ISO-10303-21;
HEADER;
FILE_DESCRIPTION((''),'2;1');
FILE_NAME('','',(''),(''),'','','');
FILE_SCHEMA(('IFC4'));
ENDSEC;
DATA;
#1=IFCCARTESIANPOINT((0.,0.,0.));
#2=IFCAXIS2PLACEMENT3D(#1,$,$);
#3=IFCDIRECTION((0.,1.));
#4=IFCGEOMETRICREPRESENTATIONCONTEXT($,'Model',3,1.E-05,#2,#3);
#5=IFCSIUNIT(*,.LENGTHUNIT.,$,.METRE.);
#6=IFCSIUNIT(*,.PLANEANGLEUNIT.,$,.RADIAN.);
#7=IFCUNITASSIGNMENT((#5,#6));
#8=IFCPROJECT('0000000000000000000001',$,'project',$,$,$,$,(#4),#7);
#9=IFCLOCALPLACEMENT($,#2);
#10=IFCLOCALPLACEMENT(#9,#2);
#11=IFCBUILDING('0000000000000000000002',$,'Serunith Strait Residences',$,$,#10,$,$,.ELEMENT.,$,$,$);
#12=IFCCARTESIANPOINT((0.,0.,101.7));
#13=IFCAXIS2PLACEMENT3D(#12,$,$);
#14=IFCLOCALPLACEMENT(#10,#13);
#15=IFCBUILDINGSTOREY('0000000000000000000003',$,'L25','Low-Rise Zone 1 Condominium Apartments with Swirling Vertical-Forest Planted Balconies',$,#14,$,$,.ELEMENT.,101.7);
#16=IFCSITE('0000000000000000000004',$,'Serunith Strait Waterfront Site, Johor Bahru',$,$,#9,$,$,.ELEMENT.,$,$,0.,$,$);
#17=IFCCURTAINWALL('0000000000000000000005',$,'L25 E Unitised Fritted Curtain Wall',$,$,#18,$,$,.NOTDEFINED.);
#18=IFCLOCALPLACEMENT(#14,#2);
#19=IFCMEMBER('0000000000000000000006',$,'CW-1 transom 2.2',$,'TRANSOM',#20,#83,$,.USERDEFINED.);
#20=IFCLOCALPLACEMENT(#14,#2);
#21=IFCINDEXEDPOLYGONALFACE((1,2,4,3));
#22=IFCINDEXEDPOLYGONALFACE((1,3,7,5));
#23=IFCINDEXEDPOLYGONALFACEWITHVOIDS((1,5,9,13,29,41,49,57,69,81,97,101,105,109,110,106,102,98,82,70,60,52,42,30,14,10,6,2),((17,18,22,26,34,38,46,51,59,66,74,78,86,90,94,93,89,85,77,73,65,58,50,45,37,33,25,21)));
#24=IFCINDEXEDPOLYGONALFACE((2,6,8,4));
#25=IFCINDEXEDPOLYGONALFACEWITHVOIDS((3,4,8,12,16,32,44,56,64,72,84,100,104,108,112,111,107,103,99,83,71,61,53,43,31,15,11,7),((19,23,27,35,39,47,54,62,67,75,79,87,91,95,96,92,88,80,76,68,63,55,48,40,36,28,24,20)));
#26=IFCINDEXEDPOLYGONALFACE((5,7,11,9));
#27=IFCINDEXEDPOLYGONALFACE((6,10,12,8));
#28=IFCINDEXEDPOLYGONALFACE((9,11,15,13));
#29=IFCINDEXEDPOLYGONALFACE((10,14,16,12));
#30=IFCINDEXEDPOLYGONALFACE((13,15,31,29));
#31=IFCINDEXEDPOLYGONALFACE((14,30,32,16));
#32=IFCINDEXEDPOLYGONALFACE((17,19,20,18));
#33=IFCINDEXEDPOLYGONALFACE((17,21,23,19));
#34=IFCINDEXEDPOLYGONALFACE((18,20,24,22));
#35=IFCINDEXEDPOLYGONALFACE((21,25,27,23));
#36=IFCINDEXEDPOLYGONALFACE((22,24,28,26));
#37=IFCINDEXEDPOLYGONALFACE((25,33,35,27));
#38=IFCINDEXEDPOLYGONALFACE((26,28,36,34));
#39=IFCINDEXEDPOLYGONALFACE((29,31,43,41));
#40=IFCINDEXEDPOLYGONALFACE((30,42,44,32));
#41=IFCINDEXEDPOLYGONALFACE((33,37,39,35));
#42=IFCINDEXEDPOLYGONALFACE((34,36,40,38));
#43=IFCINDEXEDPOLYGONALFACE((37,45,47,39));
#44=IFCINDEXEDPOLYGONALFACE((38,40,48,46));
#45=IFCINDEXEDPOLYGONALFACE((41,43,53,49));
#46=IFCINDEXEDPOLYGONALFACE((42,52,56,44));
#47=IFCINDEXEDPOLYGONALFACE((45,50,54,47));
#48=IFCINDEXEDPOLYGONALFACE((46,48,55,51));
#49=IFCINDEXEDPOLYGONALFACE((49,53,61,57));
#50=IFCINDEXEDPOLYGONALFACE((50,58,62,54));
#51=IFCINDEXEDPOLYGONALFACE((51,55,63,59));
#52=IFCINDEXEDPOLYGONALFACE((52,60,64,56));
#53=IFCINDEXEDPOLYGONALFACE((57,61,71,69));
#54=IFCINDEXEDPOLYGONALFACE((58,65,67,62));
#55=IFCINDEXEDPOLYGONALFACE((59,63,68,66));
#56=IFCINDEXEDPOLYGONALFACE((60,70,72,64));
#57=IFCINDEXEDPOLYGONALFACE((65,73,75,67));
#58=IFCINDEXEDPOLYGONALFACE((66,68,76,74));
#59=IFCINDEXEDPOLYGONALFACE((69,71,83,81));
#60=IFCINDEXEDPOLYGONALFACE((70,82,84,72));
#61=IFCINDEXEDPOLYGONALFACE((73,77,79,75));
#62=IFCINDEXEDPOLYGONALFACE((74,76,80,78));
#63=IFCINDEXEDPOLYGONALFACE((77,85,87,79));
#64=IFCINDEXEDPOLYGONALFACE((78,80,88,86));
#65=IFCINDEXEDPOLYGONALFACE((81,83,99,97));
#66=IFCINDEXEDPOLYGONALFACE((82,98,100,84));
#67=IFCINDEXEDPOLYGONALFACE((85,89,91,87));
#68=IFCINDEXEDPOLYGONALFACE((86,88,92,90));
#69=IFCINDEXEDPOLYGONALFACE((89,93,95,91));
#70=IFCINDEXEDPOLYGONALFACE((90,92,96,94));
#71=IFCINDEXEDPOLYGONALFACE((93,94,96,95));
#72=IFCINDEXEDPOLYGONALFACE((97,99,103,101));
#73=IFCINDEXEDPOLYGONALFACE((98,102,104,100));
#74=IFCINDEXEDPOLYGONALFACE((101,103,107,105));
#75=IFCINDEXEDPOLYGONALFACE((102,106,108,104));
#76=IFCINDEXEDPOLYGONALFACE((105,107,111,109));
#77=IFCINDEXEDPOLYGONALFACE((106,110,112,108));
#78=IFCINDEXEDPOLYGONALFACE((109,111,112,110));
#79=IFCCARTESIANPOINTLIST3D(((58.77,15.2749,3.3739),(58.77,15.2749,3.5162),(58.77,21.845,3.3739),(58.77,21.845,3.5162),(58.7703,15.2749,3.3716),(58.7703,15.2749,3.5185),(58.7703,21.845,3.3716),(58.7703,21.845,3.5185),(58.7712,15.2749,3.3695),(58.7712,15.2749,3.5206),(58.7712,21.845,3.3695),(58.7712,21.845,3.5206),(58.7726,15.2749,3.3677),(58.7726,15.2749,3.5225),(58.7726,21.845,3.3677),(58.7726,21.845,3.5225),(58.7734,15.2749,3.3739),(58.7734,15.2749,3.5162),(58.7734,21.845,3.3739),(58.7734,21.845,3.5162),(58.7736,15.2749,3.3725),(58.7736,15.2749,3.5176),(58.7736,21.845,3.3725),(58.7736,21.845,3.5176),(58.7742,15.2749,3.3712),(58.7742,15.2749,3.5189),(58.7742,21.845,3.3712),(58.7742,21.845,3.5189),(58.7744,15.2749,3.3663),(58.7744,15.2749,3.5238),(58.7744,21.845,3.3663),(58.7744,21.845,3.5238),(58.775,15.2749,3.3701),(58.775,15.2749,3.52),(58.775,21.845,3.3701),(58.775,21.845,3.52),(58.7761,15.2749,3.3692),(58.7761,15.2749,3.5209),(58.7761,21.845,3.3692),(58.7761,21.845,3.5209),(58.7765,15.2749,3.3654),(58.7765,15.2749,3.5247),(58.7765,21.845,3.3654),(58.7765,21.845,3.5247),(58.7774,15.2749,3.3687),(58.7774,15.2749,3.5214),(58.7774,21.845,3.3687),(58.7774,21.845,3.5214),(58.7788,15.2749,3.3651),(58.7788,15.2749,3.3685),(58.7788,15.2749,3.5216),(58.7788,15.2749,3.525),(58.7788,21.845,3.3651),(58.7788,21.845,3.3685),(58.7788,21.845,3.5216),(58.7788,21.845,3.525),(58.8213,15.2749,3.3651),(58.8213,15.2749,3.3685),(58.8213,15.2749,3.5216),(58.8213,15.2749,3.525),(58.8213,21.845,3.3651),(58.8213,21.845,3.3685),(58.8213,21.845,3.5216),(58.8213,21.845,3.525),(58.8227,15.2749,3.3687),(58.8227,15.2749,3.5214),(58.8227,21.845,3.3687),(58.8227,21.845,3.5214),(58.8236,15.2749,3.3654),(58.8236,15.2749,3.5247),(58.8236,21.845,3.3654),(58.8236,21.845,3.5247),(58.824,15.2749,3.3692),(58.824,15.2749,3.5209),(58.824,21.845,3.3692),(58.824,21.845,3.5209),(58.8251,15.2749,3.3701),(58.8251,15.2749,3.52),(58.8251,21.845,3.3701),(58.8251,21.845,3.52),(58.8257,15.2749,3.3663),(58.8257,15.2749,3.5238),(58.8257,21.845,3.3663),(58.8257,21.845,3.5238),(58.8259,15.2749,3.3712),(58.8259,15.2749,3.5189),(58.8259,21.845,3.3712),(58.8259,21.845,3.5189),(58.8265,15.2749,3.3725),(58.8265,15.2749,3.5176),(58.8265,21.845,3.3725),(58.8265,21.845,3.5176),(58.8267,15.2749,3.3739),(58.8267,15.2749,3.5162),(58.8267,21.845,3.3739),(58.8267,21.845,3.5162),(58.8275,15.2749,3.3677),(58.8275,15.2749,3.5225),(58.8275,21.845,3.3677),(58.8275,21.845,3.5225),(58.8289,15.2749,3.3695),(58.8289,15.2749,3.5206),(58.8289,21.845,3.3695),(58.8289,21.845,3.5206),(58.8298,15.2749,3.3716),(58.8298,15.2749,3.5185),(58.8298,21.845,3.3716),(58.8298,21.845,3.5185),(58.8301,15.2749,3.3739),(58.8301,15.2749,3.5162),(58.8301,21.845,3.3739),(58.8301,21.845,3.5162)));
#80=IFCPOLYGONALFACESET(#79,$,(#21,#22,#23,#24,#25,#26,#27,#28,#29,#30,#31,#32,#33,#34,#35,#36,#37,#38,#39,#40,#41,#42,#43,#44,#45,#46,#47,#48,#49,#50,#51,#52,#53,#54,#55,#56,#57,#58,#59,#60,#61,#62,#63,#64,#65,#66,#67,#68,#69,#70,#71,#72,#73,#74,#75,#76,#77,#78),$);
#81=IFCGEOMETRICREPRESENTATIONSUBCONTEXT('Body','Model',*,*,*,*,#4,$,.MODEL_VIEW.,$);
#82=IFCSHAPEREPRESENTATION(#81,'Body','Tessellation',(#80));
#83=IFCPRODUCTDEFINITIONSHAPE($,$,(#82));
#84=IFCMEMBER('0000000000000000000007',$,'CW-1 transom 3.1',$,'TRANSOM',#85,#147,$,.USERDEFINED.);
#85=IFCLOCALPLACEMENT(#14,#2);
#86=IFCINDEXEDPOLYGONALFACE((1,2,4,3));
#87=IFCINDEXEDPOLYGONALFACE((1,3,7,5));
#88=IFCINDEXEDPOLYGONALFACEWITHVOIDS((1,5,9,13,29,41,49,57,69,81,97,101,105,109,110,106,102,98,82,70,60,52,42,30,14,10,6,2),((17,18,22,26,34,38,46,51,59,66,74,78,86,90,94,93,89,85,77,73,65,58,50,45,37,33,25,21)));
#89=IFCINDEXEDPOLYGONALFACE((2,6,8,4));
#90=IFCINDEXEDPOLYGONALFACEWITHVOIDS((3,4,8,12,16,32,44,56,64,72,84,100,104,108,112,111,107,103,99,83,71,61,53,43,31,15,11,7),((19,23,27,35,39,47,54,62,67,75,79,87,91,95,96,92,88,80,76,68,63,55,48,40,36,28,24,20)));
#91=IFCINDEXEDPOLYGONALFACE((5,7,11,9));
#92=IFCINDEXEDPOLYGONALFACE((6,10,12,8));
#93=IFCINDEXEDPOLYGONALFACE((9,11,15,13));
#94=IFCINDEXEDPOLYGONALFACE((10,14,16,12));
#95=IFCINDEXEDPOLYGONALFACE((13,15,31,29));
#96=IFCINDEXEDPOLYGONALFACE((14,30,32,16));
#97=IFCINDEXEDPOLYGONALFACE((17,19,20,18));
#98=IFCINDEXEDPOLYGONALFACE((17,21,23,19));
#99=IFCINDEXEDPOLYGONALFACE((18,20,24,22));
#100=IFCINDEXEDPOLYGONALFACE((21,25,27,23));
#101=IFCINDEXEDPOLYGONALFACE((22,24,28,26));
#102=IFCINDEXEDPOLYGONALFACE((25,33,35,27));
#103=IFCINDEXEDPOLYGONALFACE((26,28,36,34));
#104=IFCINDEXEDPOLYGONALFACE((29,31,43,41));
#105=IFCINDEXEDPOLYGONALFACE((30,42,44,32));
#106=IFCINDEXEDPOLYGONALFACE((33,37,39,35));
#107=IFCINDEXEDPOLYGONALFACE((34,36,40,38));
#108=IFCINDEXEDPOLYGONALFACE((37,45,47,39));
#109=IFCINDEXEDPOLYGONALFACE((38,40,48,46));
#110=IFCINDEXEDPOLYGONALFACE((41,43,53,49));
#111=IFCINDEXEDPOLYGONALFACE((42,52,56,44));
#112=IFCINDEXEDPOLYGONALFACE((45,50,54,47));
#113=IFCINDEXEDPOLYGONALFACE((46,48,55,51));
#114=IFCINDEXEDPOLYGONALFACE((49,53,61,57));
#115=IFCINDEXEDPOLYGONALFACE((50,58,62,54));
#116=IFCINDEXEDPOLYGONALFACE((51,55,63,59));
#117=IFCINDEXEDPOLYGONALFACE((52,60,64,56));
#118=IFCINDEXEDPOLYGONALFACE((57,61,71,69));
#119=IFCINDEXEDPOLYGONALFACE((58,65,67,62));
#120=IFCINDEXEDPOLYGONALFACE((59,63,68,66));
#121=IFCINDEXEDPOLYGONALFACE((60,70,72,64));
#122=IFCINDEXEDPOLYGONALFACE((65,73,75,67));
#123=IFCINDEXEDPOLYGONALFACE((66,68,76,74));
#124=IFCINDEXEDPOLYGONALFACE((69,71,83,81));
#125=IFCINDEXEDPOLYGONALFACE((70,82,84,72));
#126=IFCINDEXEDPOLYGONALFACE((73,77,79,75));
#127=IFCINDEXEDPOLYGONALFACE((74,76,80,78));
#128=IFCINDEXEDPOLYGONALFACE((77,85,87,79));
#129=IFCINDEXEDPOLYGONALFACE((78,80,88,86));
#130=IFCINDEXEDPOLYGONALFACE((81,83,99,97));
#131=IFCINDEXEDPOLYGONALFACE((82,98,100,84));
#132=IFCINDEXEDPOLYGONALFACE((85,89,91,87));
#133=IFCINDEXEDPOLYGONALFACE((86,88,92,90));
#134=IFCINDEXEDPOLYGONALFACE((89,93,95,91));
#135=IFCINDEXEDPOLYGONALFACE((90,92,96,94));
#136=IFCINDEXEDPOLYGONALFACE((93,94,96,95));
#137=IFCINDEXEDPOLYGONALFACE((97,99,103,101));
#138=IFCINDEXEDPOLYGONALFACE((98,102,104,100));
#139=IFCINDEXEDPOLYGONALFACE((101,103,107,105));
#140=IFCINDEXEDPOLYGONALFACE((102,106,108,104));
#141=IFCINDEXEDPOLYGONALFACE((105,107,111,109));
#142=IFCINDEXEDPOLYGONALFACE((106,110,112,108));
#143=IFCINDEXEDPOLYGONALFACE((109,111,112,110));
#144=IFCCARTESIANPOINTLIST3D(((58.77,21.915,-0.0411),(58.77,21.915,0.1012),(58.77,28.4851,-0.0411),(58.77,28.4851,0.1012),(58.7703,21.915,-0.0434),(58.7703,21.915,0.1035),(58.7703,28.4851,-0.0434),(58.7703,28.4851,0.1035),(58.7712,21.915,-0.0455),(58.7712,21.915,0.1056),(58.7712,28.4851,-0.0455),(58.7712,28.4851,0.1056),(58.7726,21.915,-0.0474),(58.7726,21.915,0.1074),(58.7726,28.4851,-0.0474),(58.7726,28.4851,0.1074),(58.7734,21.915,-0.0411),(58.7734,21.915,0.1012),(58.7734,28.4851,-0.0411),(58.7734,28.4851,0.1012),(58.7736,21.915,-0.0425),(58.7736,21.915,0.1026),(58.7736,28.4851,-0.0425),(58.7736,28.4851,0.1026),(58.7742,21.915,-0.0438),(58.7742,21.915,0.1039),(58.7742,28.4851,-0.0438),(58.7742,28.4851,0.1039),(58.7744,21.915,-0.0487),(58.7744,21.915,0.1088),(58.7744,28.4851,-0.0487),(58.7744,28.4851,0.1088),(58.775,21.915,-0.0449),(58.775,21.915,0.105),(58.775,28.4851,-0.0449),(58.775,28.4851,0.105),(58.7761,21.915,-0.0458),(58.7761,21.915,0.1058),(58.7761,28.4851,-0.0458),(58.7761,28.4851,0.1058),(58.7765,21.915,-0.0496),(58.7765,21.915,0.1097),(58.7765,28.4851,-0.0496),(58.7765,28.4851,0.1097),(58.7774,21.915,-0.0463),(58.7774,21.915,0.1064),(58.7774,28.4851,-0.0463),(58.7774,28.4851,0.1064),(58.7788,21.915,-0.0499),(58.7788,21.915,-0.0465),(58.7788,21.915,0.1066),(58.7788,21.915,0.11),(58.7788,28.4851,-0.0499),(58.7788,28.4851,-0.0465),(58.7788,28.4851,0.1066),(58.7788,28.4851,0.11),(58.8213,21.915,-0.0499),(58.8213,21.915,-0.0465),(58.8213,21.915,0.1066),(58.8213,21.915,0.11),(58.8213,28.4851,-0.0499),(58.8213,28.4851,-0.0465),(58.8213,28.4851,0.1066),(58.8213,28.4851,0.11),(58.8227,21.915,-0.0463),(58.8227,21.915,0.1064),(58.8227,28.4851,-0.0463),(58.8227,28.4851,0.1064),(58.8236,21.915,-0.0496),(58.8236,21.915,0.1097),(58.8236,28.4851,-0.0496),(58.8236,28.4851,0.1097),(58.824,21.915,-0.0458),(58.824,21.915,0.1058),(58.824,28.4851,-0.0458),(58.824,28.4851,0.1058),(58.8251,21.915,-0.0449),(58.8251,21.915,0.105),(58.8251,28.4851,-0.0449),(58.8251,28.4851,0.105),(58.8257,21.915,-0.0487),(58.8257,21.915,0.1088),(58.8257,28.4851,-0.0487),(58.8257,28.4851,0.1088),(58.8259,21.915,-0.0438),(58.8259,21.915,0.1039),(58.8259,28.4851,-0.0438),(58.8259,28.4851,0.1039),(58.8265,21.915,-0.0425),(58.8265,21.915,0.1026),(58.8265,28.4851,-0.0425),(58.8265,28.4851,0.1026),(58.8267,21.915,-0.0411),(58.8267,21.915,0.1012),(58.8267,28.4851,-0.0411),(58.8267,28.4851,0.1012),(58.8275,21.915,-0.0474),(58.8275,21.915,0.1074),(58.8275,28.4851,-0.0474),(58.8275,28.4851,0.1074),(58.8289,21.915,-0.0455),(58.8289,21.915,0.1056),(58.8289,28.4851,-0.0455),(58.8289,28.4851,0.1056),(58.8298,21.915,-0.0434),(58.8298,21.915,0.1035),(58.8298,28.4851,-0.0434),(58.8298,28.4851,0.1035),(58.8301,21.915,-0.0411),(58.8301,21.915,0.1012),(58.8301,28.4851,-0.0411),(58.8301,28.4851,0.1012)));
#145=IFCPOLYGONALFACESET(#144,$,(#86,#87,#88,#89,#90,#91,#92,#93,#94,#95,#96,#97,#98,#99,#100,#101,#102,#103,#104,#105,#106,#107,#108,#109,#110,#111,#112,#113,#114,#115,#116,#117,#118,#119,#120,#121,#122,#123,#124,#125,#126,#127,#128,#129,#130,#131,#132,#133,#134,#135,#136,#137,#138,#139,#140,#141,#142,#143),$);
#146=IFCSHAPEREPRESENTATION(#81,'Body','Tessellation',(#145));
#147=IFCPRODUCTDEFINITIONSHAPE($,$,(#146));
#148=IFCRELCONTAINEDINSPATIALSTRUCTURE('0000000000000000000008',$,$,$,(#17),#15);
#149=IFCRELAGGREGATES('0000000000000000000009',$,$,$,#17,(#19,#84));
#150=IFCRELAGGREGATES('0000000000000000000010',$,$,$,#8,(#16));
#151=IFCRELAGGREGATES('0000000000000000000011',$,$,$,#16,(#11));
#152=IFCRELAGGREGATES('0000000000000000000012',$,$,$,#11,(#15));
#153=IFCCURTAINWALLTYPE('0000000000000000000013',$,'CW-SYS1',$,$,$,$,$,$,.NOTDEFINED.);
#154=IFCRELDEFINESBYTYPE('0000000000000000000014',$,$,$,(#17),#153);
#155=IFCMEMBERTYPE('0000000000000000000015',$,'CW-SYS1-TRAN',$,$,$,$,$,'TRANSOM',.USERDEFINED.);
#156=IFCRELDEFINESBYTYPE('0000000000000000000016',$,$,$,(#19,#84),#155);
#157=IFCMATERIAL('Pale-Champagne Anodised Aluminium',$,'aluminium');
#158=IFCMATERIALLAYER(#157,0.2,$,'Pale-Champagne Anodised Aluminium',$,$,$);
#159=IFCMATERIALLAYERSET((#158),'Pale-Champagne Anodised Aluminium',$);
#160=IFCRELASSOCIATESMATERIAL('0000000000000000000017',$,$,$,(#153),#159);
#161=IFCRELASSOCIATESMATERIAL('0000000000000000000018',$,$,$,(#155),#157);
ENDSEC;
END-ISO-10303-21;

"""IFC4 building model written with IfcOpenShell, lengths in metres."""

from ifc_helpers import new_model, si_unit, direction, frame, origin, origin_2d, place, context, subcontext, project, spatial, hollow_rectangle, extrude, source, transform, mapped, material, layer, layer_set, material_profile, profile_set, type_object, element, aggregate, save


model = new_model("IFC4")

# Units and contexts
model_context = context("Model", 3, precision=1e-05, world=origin(), true_north=direction((0.0, 1.0)))
body_context = subcontext(model_context, "Body", "Model", "MODEL_VIEW")
ifc_project = project(units=[si_unit("LENGTHUNIT", "METRE"), si_unit("PLANEANGLEUNIT", "RADIAN")], contexts=[model_context])

# Site, building, storey
site_placement = place(None, origin())
site = spatial("IfcSite", under=ifc_project, at=site_placement, Name="Serunith Strait Waterfront Site, Johor Bahru", CompositionType="ELEMENT", RefElevation=0.0)
building_placement = place(site_placement, origin())
building = spatial("IfcBuilding", under=site, at=building_placement, Name="Serunith Strait Residences", CompositionType="ELEMENT")
storey_placement = place(building_placement, frame((0.0, 0.0, 101.7)))
storey = spatial("IfcBuildingStorey", under=building, at=storey_placement, Name="L25", Description="Low-Rise Zone 1 Condominium Apartments with Swirling Vertical-Forest Planted Balconies", CompositionType="ELEMENT", Elevation=101.7)

# Curtain wall, members
ifc_material_1 = material(Name="Pale-Champagne Anodised Aluminium", Category="aluminium")
ifc_layer_1 = layer(ifc_material_1, 0.2, Name="Pale-Champagne Anodised Aluminium")
ifc_layer_set_1 = layer_set([ifc_layer_1], Name="Pale-Champagne Anodised Aluminium")
curtain_wall_type = type_object("IfcCurtainWallType", Name="CW-SYS1", PredefinedType="NOTDEFINED", material=ifc_layer_set_1)
curtain_wall_placement = place(storey_placement, origin())
curtain_wall = element("IfcCurtainWall", 1, at=curtain_wall_placement, inside=storey, type_object=curtain_wall_type, Name="L25 E Unitised Fritted Curtain Wall", PredefinedType="NOTDEFINED")
ifc_material_profile_1 = material_profile(ifc_material_1, hollow_rectangle(XDim=0.0601, YDim=0.1599, WallThickness=0.0034, InnerFilletRadius=0.0054, OuterFilletRadius=0.0088, at=origin_2d()), Name="ALU 160x60x3.5")
ifc_profile_set_1 = profile_set([ifc_material_profile_1], Name="Pale-Champagne Anodised Aluminium")
member_type_1 = type_object("IfcMemberType", Name="CW-SYS1-TRAN", ElementType="TRANSOM", PredefinedType="USERDEFINED", material=ifc_profile_set_1)
shared_shape_1 = source(origin(), body_context, "Body", "SweptSolid", [
    extrude(hollow_rectangle(XDim=0.0601, YDim=0.1599, WallThickness=0.0034, InnerFilletRadius=0.0054, OuterFilletRadius=0.0088, at=origin_2d()), origin(), (0.0, 0.0, 1.0), 6.5701),
])
member_1_placement = place(storey_placement, frame((58.8, 15.2749, 3.4451), z_axis=(0.0, 1.0, 0.0), x_axis=(-1.0, 0.0, 0.0)))
member_1 = element("IfcMember", 2, at=member_1_placement, type_object=member_type_1, Name="CW-1 transom 2.2", ObjectType="TRANSOM", PredefinedType="USERDEFINED", context=body_context, shape_type="MappedRepresentation", body=[
    mapped(shared_shape_1, transform((0.0, 0.0, 0.0), scale=1.0)),
])
member_2_placement = place(storey_placement, frame((58.8, 21.915, 0.03), z_axis=(0.0, 1.0, 0.0), x_axis=(-1.0, 0.0, 0.0)))
member_2 = element("IfcMember", 3, at=member_2_placement, type_object=member_type_1, Name="CW-1 transom 3.1", ObjectType="TRANSOM", PredefinedType="USERDEFINED", context=body_context, shape_type="MappedRepresentation", body=[
    mapped(shared_shape_1, transform((0.0, 0.0, 0.0), scale=1.0)),
])
aggregate(curtain_wall, [member_1, member_2])

save(model, "model.ifc")
